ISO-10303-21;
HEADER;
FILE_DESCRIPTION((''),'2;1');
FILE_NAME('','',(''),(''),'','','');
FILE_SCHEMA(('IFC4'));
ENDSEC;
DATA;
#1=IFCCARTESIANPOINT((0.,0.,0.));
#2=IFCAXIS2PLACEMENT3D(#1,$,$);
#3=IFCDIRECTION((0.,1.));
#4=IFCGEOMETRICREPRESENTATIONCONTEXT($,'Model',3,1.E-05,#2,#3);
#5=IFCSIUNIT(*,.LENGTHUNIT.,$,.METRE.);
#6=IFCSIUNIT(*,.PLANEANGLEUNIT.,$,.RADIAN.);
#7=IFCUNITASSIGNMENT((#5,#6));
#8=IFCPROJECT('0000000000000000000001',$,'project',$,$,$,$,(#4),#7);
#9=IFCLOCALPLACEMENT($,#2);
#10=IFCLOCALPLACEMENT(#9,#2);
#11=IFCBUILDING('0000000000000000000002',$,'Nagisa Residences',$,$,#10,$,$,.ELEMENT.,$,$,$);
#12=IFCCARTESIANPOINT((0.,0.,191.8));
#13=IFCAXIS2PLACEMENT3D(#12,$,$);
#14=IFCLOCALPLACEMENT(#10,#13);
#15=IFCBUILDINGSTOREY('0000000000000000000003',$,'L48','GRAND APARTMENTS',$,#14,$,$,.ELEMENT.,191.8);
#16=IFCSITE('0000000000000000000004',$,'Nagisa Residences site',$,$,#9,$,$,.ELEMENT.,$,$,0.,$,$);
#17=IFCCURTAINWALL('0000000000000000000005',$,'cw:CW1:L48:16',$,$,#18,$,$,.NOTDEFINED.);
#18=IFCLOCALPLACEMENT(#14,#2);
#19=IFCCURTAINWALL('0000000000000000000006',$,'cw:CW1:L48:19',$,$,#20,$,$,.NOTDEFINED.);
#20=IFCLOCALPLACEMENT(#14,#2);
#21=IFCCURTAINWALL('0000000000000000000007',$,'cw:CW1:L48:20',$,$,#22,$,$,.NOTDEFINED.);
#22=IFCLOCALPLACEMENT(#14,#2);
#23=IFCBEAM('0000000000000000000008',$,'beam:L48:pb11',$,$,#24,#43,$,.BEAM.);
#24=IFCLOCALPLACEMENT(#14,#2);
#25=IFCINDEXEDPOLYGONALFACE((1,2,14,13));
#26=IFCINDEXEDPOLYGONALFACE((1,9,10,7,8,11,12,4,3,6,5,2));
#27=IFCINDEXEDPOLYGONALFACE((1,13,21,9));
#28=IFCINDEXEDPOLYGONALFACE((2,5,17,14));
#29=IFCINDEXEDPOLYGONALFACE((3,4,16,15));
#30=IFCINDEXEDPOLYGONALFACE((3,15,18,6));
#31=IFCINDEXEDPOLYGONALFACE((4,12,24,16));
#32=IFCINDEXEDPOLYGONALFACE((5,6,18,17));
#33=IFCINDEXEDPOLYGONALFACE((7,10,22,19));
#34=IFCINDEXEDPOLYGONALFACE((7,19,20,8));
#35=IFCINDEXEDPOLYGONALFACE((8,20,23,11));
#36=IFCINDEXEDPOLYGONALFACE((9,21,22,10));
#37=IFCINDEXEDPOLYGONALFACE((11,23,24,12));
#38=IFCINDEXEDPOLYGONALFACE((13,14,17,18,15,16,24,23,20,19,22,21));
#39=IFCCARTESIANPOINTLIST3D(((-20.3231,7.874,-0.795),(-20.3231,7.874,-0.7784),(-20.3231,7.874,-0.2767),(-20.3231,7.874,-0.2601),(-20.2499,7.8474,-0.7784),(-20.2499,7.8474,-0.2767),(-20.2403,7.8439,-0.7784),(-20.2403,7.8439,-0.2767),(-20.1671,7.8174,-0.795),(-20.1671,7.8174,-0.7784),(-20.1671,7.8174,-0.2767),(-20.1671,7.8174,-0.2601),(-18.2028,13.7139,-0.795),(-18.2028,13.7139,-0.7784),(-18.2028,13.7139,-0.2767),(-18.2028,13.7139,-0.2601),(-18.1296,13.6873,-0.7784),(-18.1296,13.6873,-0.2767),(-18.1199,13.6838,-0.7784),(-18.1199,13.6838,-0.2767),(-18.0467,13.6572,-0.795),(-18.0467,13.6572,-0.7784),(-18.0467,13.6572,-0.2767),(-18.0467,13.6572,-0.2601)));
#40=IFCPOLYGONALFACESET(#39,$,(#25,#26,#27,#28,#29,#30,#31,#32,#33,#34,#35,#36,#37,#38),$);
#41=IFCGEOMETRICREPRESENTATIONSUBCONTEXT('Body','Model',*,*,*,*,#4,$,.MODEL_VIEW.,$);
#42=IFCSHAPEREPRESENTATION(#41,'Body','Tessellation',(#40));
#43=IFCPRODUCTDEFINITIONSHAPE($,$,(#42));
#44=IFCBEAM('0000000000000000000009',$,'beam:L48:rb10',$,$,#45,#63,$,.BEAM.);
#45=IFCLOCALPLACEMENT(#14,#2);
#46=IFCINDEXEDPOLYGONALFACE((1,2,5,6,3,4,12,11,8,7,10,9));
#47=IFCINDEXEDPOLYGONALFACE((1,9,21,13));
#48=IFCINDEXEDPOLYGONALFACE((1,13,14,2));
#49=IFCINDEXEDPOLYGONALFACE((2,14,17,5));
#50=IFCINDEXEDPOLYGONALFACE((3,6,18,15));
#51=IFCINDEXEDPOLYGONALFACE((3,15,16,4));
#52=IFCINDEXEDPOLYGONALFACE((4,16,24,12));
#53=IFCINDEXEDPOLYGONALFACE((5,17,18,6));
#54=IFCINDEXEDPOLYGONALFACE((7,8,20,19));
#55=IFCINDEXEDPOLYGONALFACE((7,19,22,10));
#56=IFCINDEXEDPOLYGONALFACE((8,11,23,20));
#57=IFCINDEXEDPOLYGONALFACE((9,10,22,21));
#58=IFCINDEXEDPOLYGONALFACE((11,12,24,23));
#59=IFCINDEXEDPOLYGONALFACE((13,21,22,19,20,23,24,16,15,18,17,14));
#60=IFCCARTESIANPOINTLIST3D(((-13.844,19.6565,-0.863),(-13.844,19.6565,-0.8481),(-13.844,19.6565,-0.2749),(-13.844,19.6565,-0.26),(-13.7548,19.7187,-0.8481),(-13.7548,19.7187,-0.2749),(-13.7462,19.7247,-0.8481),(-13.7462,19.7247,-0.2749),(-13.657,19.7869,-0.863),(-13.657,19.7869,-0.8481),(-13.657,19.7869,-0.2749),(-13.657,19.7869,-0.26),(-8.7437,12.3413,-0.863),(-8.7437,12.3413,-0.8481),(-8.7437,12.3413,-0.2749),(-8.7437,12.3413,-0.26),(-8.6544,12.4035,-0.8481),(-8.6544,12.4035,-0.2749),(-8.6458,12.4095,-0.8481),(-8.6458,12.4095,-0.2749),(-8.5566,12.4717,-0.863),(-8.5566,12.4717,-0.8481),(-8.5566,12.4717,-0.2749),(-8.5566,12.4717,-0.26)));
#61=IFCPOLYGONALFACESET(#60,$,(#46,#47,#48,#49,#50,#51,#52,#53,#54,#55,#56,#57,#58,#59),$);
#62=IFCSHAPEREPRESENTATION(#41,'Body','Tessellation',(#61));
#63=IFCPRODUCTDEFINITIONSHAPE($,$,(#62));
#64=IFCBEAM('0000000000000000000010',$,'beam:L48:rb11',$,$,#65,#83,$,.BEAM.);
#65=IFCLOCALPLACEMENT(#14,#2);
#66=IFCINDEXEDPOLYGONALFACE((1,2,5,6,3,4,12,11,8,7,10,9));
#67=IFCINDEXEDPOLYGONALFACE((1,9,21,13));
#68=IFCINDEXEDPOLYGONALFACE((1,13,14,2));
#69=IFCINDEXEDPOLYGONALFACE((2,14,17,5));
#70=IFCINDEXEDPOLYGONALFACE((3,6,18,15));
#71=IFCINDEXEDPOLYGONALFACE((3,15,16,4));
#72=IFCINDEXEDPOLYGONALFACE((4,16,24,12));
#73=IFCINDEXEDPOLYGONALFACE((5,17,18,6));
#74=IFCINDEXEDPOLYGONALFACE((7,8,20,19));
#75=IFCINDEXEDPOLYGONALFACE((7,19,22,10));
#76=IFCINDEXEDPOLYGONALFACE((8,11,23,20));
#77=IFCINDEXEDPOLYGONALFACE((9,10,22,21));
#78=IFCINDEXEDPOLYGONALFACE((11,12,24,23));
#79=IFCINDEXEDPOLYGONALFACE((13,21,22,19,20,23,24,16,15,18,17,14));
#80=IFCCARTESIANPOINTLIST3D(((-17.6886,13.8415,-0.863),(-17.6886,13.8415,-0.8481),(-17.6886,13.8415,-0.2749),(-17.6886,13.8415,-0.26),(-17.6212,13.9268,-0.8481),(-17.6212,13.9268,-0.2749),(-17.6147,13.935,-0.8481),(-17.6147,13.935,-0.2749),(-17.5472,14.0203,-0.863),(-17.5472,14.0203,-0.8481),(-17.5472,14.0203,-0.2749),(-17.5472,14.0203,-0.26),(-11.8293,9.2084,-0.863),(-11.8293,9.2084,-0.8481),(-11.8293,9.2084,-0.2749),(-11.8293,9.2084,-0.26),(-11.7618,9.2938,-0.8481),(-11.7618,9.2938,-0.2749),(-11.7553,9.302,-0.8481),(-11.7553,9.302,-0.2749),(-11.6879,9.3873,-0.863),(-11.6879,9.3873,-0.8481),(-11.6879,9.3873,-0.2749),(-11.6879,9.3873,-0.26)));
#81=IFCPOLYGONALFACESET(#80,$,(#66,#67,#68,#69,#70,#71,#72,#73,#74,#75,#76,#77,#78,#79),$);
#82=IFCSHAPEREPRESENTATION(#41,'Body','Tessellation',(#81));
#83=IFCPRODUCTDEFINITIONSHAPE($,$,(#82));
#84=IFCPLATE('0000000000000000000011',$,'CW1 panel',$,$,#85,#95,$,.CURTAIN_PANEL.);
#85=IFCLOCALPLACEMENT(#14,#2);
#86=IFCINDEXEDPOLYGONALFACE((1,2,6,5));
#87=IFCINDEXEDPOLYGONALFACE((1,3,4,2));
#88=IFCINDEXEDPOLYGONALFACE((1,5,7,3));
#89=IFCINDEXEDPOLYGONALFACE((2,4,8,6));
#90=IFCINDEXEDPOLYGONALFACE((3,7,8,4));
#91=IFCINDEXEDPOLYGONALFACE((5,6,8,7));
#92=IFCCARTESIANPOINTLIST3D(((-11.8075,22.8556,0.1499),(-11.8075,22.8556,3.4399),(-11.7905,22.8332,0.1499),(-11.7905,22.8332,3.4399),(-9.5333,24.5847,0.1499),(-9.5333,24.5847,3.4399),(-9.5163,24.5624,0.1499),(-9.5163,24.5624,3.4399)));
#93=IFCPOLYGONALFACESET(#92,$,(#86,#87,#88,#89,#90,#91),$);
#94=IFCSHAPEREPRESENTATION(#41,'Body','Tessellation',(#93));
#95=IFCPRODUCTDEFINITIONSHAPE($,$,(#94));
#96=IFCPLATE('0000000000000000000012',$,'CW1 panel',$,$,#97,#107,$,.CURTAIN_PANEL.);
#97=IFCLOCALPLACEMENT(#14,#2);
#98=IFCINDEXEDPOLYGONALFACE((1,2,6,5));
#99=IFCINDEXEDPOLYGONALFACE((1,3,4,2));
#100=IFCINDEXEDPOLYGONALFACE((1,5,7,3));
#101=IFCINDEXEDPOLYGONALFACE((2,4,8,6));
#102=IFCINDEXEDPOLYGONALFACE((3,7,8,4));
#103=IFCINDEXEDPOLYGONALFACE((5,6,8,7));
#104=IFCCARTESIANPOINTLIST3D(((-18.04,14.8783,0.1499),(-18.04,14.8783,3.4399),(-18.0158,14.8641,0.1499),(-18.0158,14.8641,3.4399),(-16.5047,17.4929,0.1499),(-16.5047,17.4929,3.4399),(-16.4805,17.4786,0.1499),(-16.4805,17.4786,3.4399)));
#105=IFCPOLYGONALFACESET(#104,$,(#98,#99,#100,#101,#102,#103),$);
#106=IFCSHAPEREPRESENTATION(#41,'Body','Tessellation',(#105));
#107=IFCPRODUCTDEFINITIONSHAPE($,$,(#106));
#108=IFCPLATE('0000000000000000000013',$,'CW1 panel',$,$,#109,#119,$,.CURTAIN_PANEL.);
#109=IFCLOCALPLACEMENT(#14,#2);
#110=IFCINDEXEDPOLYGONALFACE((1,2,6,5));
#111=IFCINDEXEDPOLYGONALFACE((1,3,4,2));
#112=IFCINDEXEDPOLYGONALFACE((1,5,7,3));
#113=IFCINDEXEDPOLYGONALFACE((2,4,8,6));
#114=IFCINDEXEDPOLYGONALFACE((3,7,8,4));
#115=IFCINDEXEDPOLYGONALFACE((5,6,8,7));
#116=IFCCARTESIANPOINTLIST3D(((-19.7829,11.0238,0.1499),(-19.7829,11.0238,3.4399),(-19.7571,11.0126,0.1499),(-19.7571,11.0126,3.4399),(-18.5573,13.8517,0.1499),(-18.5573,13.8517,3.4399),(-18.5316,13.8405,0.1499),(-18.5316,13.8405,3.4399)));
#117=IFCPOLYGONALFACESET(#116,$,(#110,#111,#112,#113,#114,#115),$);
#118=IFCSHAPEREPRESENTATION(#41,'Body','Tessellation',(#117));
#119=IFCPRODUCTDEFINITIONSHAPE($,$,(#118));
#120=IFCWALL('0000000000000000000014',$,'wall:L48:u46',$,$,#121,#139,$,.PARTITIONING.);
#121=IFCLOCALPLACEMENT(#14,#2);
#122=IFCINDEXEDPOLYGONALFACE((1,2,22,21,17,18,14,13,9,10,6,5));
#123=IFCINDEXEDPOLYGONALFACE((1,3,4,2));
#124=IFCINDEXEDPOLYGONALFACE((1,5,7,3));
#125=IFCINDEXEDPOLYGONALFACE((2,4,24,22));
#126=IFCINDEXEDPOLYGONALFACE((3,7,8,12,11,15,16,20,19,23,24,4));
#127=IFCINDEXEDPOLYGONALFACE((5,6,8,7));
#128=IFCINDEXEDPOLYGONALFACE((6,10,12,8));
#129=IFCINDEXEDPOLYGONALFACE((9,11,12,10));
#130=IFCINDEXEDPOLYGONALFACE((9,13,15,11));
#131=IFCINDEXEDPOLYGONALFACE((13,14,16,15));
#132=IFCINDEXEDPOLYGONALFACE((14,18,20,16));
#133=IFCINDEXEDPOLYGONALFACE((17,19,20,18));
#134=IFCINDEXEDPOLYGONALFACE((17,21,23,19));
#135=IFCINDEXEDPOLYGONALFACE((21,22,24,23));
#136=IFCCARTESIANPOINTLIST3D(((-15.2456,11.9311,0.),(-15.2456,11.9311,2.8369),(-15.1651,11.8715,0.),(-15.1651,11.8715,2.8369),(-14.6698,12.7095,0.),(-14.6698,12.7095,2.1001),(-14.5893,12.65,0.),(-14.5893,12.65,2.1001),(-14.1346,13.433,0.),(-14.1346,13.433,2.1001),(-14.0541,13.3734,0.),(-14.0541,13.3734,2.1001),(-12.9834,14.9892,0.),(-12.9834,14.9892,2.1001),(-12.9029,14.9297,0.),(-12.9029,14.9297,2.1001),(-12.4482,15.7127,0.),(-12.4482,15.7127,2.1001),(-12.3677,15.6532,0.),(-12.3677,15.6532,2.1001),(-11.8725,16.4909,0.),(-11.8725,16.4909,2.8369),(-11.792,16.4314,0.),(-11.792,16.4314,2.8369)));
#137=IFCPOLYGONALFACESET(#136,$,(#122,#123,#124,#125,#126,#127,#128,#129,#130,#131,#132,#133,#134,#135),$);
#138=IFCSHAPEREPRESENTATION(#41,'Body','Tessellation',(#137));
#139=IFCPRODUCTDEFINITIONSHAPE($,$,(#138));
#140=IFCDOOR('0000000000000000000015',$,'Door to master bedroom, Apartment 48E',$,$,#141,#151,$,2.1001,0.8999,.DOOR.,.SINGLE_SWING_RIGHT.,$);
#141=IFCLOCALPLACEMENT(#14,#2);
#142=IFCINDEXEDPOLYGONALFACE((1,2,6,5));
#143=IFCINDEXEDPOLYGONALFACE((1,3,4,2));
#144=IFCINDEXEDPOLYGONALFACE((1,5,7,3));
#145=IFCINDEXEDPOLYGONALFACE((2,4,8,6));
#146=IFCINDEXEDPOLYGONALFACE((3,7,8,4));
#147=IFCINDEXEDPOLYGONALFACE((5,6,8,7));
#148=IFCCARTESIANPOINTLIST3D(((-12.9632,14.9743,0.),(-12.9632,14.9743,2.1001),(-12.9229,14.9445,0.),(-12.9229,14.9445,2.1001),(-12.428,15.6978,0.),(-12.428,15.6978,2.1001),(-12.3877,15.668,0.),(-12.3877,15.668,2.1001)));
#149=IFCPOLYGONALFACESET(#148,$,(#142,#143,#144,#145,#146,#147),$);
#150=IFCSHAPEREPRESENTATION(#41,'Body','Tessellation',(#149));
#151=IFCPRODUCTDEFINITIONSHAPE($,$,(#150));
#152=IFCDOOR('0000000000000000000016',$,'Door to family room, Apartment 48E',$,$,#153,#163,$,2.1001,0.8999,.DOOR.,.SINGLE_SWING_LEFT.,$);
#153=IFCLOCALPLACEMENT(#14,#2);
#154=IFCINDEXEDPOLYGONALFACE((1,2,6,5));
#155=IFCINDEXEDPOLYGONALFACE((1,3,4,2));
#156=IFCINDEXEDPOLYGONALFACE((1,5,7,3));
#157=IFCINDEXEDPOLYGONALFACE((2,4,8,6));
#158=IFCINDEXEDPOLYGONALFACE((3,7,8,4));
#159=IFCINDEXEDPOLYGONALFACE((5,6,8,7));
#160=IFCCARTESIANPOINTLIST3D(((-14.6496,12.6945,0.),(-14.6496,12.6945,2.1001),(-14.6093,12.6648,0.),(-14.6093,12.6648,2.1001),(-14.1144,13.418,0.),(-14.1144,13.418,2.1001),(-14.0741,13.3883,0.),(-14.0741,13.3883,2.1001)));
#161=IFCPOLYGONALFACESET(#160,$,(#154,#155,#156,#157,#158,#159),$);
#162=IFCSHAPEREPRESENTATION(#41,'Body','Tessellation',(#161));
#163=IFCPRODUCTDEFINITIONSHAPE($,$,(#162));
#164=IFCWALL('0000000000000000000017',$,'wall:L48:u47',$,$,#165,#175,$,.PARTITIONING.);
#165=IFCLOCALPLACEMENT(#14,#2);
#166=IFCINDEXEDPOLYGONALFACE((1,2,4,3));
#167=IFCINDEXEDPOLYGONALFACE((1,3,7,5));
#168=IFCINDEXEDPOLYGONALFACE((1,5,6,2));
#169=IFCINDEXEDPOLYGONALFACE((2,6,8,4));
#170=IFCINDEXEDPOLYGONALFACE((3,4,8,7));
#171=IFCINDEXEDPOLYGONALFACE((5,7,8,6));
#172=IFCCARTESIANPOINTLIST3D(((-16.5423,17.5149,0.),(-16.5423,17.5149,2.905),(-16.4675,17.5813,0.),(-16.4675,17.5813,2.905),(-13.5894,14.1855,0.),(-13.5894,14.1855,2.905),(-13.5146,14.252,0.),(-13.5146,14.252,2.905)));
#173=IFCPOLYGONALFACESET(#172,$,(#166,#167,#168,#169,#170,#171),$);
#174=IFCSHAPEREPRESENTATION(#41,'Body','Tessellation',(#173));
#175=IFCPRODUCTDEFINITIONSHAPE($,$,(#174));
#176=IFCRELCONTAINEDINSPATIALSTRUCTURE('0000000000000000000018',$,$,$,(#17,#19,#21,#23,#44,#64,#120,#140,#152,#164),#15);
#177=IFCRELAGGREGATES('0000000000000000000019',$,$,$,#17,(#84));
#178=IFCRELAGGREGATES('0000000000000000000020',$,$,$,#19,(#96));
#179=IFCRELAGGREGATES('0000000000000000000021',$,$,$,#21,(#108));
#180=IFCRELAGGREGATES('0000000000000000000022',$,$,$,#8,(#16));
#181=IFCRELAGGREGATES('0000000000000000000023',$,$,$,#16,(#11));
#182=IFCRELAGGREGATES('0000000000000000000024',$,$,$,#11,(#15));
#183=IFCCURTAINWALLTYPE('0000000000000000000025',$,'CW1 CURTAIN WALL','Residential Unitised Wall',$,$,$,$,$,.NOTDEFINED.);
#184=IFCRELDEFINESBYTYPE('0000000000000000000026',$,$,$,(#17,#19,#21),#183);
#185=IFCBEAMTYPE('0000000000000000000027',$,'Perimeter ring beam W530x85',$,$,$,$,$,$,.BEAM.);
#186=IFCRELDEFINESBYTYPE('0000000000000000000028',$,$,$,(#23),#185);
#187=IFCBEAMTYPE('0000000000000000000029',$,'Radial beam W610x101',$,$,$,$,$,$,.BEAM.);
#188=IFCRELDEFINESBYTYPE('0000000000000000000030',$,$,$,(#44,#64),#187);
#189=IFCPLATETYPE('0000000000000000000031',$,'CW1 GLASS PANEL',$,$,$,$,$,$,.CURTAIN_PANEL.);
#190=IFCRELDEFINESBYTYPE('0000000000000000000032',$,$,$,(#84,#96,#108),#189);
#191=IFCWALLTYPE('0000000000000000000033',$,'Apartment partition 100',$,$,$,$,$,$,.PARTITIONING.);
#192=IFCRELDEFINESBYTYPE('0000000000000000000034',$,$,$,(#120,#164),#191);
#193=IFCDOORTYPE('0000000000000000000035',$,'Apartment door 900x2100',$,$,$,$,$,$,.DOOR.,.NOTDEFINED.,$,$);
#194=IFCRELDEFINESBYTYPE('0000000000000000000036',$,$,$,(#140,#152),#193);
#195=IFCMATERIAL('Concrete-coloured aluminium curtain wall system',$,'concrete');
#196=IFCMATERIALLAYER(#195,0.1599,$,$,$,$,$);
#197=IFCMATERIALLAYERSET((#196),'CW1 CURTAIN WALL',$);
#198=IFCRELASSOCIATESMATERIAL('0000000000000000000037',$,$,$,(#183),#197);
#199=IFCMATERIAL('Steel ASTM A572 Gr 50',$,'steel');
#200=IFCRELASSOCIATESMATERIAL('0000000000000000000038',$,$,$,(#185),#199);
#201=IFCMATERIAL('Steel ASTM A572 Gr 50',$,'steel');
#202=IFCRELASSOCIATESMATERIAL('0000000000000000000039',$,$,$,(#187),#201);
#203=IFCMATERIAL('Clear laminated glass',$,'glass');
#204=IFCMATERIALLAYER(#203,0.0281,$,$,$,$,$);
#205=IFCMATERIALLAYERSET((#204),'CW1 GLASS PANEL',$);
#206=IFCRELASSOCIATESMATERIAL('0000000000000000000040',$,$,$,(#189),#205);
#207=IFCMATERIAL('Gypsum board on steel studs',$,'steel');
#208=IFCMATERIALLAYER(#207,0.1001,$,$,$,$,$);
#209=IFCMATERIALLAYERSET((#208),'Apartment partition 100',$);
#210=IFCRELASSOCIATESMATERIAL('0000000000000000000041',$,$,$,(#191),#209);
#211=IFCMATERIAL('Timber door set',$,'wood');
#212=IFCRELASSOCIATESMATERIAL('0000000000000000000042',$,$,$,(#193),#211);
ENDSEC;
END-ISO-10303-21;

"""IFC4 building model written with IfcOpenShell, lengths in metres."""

from ifc_helpers import new_model, si_unit, direction, frame, frame_2d, origin, origin_2d, place, context, subcontext, project, spatial, rectangle, i_section, extrude, material, layer, layer_set, material_profile, profile_set, type_object, element, fill, aggregate, save


model = new_model("IFC4")

# Units and contexts
model_context = context("Model", 3, precision=1e-05, world=origin(), true_north=direction((0.0, 1.0)))
body_context = subcontext(model_context, "Body", "Model", "MODEL_VIEW")
ifc_project = project(units=[si_unit("LENGTHUNIT", "METRE"), si_unit("PLANEANGLEUNIT", "RADIAN")], contexts=[model_context])

# Site, building, storey
site_placement = place(None, origin())
site = spatial("IfcSite", under=ifc_project, at=site_placement, Name="Nagisa Residences site", CompositionType="ELEMENT", RefElevation=0.0)
building_placement = place(site_placement, origin())
building = spatial("IfcBuilding", under=site, at=building_placement, Name="Nagisa Residences", CompositionType="ELEMENT")
storey_placement = place(building_placement, frame((0.0, 0.0, 191.8)))
storey = spatial("IfcBuildingStorey", under=building, at=storey_placement, Name="L48", Description="GRAND APARTMENTS", CompositionType="ELEMENT", Elevation=191.8)

# Curtain walls
ifc_material_1 = material(Name="Concrete-coloured aluminium curtain wall system", Category="concrete")
ifc_layer_1 = layer(ifc_material_1, 0.1599)
ifc_layer_set_1 = layer_set([ifc_layer_1], Name="CW1 CURTAIN WALL")
curtain_wall_type = type_object("IfcCurtainWallType", Name="CW1 CURTAIN WALL", Description="Residential Unitised Wall", PredefinedType="NOTDEFINED", material=ifc_layer_set_1)
curtain_wall_1_placement = place(storey_placement, origin())
curtain_wall_1 = element("IfcCurtainWall", 1, at=curtain_wall_1_placement, inside=storey, type_object=curtain_wall_type, Name="cw:CW1:L48:16", PredefinedType="NOTDEFINED")
curtain_wall_2_placement = place(storey_placement, origin())
curtain_wall_2 = element("IfcCurtainWall", 2, at=curtain_wall_2_placement, inside=storey, type_object=curtain_wall_type, Name="cw:CW1:L48:19", PredefinedType="NOTDEFINED")
curtain_wall_3_placement = place(storey_placement, origin())
curtain_wall_3 = element("IfcCurtainWall", 3, at=curtain_wall_3_placement, inside=storey, type_object=curtain_wall_type, Name="cw:CW1:L48:20", PredefinedType="NOTDEFINED")

# Beams
ifc_material_2 = material(Name="Steel ASTM A572 Gr 50", Category="steel")
ifc_material_profile_1 = material_profile(ifc_material_2, i_section(OverallWidth=0.166, OverallDepth=0.5349, WebThickness=0.0103, FlangeThickness=0.0166, at=origin_2d()), Name="W530x85")
ifc_profile_set_1 = profile_set([ifc_material_profile_1], Name="Steel ASTM A572 Gr 50")
beam_type_1 = type_object("IfcBeamType", Name="Perimeter ring beam W530x85", PredefinedType="BEAM", material=ifc_profile_set_1)
beam_1_placement = place(storey_placement, frame((-18.1248, 13.6855, -0.5276), z_axis=(-0.341286, -0.93996, 0.0), x_axis=(0.93996, -0.341286, 0.0)))
element("IfcBeam", 4, at=beam_1_placement, inside=storey, type_object=beam_type_1, Name="beam:L48:pb11", PredefinedType="BEAM", context=body_context, shape_type="SweptSolid", body=[
    extrude(i_section(OverallWidth=0.166, OverallDepth=0.5349, WebThickness=0.0103, FlangeThickness=0.0166, at=origin_2d()), origin(), (0.0, 0.0, 1.0), 6.2129),
])
ifc_material_3 = material(Name="Steel ASTM A572 Gr 50", Category="steel")
ifc_material_profile_2 = material_profile(ifc_material_3, i_section(OverallWidth=0.228, OverallDepth=0.603, WebThickness=0.0105, FlangeThickness=0.0149, at=origin_2d()), Name="W610x101")
ifc_profile_set_2 = profile_set([ifc_material_profile_2], Name="Steel ASTM A572 Gr 50")
beam_type_2 = type_object("IfcBeamType", Name="Radial beam W610x101", PredefinedType="BEAM", material=ifc_profile_set_2)
beam_2_placement = place(storey_placement, frame((-13.7505, 19.7217, -0.5615), z_axis=(0.571934, -0.820299, 0.0), x_axis=(0.820299, 0.571934, 0.0)))
element("IfcBeam", 5, at=beam_2_placement, inside=storey, type_object=beam_type_2, Name="beam:L48:rb10", PredefinedType="BEAM", context=body_context, shape_type="SweptSolid", body=[
    extrude(i_section(OverallWidth=0.228, OverallDepth=0.603, WebThickness=0.0105, FlangeThickness=0.0149, at=origin_2d()), origin(), (0.0, 0.0, 1.0), 8.9177),
])
beam_3_placement = place(storey_placement, frame((-17.6179, 13.9309, -0.5615), z_axis=(0.784412, -0.620241, 0.0), x_axis=(0.620241, 0.784412, 0.0)))
element("IfcBeam", 6, at=beam_3_placement, inside=storey, type_object=beam_type_2, Name="beam:L48:rb11", PredefinedType="BEAM", context=body_context, shape_type="SweptSolid", body=[
    extrude(i_section(OverallWidth=0.228, OverallDepth=0.603, WebThickness=0.0105, FlangeThickness=0.0149, at=origin_2d()), origin(), (0.0, 0.0, 1.0), 7.4697),
])

# Plates
ifc_material_4 = material(Name="Clear laminated glass", Category="glass")
ifc_layer_2 = layer(ifc_material_4, 0.0281)
ifc_layer_set_2 = layer_set([ifc_layer_2], Name="CW1 GLASS PANEL")
plate_type = type_object("IfcPlateType", Name="CW1 GLASS PANEL", PredefinedType="CURTAIN_PANEL", material=ifc_layer_set_2)
plate_1_placement = place(storey_placement, frame((-10.6619, 23.709, 0.1499), z_axis=(0.0, 0.0, 1.0), x_axis=(-0.796031, -0.605255, 0.0)))
plate_1 = element("IfcPlate", 7, at=plate_1_placement, type_object=plate_type, Name="CW1 panel", PredefinedType="CURTAIN_PANEL", context=body_context, shape_type="SweptSolid", body=[
    extrude(rectangle(XDim=2.8569, YDim=0.0281, at=origin_2d()), origin(), (0.0, 0.0, 1.0), 3.29),
])
aggregate(curtain_wall_1, [plate_1])
plate_2_placement = place(storey_placement, frame((-17.2603, 16.1785, 0.1499), z_axis=(0.0, 0.0, 1.0), x_axis=(-0.506349, -0.862329, 0.0)))
plate_2 = element("IfcPlate", 8, at=plate_2_placement, type_object=plate_type, Name="CW1 panel", PredefinedType="CURTAIN_PANEL", context=body_context, shape_type="SweptSolid", body=[
    extrude(rectangle(XDim=3.032, YDim=0.0281, at=origin_2d()), origin(), (0.0, 0.0, 1.0), 3.29),
])
aggregate(curtain_wall_2, [plate_2])
plate_3_placement = place(storey_placement, frame((-19.1572, 12.4321, 0.1499), z_axis=(0.0, 0.0, 1.0), x_axis=(-0.397636, -0.917543, 0.0)))
plate_3 = element("IfcPlate", 9, at=plate_3_placement, type_object=plate_type, Name="CW1 panel", PredefinedType="CURTAIN_PANEL", context=body_context, shape_type="SweptSolid", body=[
    extrude(rectangle(XDim=3.082, YDim=0.0281, at=origin_2d()), origin(), (0.0, 0.0, 1.0), 3.29),
])
aggregate(curtain_wall_3, [plate_3])

# Wall, openings, doors
ifc_material_5 = material(Name="Gypsum board on steel studs", Category="steel")
ifc_layer_3 = layer(ifc_material_5, 0.1001)
ifc_layer_set_3 = layer_set([ifc_layer_3], Name="Apartment partition 100")
wall_type_1 = type_object("IfcWallType", Name="Apartment partition 100", PredefinedType="PARTITIONING", material=ifc_layer_set_3)
wall_1_placement = place(storey_placement, frame((-11.8323, 16.4612, 0.0), z_axis=(0.0, 0.0, 1.0), x_axis=(-0.594704, -0.803944, 0.0)))
wall_1 = element("IfcWall", 10, at=wall_1_placement, inside=storey, type_object=wall_type_1, Name="wall:L48:u46", PredefinedType="PARTITIONING", context=body_context, shape_type="SweptSolid", body=[
    extrude(rectangle(XDim=5.6719, YDim=0.1001, at=frame_2d((2.8359, 0.0))), origin(), (0.0, 0.0, 1.0), 2.8369),
])
opening_1_placement = place(wall_1_placement, frame((0.968, 0.0, 0.0)))
opening_1 = element("IfcOpeningElement", 11, at=opening_1_placement, cuts=wall_1, PredefinedType="OPENING", context=body_context, shape_type="SweptSolid", body=[
    extrude(rectangle(XDim=0.8999, YDim=2.1001, at=frame_2d((0.45, 1.05))), frame((0.0, 0.0601, 0.0), z_axis=(0.0, -1.0, 0.0), x_axis=(1.0, 0.0, 0.0)), (0.0, 0.0, 1.0), 0.1201),
])
opening_2_placement = place(wall_1_placement, frame((3.8037, 0.0, 0.0)))
opening_2 = element("IfcOpeningElement", 12, at=opening_2_placement, cuts=wall_1, PredefinedType="OPENING", context=body_context, shape_type="SweptSolid", body=[
    extrude(rectangle(XDim=0.8999, YDim=2.1001, at=frame_2d((0.45, 1.05))), frame((0.0, 0.0601, 0.0), z_axis=(0.0, -1.0, 0.0), x_axis=(1.0, 0.0, 0.0)), (0.0, 0.0, 1.0), 0.1201),
])
ifc_material_6 = material(Name="Timber door set", Category="wood")
door_type_1 = type_object("IfcDoorType", Name="Apartment door 900x2100", OperationType="NOTDEFINED", PredefinedType="DOOR", material=ifc_material_6)
door_1_placement = place(opening_1_placement, frame((0.8999, 0.0, 0.0), x_axis=(-1.0, 0.0, 0.0)))
door_1 = element("IfcDoor", 13, at=door_1_placement, inside=storey, type_object=door_type_1, Name="Door to master bedroom, Apartment 48E", OperationType="SINGLE_SWING_RIGHT", OverallHeight=2.1001, OverallWidth=0.8999, PredefinedType="DOOR", context=body_context, shape_type="SweptSolid", body=[
    extrude(rectangle(XDim=0.8999, YDim=2.1001, at=frame_2d((0.45, 1.05))), frame((0.0, 0.0249, 0.0), z_axis=(0.0, -1.0, 0.0), x_axis=(1.0, 0.0, 0.0)), (0.0, 0.0, 1.0), 0.05),
])
fill(opening_1, door_1)
door_2_placement = place(opening_2_placement, frame((0.8999, 0.0, 0.0), x_axis=(-1.0, 0.0, 0.0)))
door_2 = element("IfcDoor", 14, at=door_2_placement, inside=storey, type_object=door_type_1, Name="Door to family room, Apartment 48E", OperationType="SINGLE_SWING_LEFT", OverallHeight=2.1001, OverallWidth=0.8999, PredefinedType="DOOR", context=body_context, shape_type="SweptSolid", body=[
    extrude(rectangle(XDim=0.8999, YDim=2.1001, at=frame_2d((0.45, 1.05))), frame((0.0, 0.0249, 0.0), z_axis=(0.0, -1.0, 0.0), x_axis=(1.0, 0.0, 0.0)), (0.0, 0.0, 1.0), 0.05),
])
fill(opening_2, door_2)

# Wall
wall_2_placement = place(storey_placement, frame((-13.552, 14.2188, 0.0), z_axis=(0.0, 0.0, 1.0), x_axis=(-0.663543, 0.748138, 0.0)))
element("IfcWall", 15, at=wall_2_placement, inside=storey, type_object=wall_type_1, Name="wall:L48:u47", PredefinedType="PARTITIONING", context=body_context, shape_type="SweptSolid", body=[
    extrude(rectangle(XDim=4.4502, YDim=0.1001, at=frame_2d((2.2251, 0.0))), origin(), (0.0, 0.0, 1.0), 2.905),
])

save(model, "model.ifc")
